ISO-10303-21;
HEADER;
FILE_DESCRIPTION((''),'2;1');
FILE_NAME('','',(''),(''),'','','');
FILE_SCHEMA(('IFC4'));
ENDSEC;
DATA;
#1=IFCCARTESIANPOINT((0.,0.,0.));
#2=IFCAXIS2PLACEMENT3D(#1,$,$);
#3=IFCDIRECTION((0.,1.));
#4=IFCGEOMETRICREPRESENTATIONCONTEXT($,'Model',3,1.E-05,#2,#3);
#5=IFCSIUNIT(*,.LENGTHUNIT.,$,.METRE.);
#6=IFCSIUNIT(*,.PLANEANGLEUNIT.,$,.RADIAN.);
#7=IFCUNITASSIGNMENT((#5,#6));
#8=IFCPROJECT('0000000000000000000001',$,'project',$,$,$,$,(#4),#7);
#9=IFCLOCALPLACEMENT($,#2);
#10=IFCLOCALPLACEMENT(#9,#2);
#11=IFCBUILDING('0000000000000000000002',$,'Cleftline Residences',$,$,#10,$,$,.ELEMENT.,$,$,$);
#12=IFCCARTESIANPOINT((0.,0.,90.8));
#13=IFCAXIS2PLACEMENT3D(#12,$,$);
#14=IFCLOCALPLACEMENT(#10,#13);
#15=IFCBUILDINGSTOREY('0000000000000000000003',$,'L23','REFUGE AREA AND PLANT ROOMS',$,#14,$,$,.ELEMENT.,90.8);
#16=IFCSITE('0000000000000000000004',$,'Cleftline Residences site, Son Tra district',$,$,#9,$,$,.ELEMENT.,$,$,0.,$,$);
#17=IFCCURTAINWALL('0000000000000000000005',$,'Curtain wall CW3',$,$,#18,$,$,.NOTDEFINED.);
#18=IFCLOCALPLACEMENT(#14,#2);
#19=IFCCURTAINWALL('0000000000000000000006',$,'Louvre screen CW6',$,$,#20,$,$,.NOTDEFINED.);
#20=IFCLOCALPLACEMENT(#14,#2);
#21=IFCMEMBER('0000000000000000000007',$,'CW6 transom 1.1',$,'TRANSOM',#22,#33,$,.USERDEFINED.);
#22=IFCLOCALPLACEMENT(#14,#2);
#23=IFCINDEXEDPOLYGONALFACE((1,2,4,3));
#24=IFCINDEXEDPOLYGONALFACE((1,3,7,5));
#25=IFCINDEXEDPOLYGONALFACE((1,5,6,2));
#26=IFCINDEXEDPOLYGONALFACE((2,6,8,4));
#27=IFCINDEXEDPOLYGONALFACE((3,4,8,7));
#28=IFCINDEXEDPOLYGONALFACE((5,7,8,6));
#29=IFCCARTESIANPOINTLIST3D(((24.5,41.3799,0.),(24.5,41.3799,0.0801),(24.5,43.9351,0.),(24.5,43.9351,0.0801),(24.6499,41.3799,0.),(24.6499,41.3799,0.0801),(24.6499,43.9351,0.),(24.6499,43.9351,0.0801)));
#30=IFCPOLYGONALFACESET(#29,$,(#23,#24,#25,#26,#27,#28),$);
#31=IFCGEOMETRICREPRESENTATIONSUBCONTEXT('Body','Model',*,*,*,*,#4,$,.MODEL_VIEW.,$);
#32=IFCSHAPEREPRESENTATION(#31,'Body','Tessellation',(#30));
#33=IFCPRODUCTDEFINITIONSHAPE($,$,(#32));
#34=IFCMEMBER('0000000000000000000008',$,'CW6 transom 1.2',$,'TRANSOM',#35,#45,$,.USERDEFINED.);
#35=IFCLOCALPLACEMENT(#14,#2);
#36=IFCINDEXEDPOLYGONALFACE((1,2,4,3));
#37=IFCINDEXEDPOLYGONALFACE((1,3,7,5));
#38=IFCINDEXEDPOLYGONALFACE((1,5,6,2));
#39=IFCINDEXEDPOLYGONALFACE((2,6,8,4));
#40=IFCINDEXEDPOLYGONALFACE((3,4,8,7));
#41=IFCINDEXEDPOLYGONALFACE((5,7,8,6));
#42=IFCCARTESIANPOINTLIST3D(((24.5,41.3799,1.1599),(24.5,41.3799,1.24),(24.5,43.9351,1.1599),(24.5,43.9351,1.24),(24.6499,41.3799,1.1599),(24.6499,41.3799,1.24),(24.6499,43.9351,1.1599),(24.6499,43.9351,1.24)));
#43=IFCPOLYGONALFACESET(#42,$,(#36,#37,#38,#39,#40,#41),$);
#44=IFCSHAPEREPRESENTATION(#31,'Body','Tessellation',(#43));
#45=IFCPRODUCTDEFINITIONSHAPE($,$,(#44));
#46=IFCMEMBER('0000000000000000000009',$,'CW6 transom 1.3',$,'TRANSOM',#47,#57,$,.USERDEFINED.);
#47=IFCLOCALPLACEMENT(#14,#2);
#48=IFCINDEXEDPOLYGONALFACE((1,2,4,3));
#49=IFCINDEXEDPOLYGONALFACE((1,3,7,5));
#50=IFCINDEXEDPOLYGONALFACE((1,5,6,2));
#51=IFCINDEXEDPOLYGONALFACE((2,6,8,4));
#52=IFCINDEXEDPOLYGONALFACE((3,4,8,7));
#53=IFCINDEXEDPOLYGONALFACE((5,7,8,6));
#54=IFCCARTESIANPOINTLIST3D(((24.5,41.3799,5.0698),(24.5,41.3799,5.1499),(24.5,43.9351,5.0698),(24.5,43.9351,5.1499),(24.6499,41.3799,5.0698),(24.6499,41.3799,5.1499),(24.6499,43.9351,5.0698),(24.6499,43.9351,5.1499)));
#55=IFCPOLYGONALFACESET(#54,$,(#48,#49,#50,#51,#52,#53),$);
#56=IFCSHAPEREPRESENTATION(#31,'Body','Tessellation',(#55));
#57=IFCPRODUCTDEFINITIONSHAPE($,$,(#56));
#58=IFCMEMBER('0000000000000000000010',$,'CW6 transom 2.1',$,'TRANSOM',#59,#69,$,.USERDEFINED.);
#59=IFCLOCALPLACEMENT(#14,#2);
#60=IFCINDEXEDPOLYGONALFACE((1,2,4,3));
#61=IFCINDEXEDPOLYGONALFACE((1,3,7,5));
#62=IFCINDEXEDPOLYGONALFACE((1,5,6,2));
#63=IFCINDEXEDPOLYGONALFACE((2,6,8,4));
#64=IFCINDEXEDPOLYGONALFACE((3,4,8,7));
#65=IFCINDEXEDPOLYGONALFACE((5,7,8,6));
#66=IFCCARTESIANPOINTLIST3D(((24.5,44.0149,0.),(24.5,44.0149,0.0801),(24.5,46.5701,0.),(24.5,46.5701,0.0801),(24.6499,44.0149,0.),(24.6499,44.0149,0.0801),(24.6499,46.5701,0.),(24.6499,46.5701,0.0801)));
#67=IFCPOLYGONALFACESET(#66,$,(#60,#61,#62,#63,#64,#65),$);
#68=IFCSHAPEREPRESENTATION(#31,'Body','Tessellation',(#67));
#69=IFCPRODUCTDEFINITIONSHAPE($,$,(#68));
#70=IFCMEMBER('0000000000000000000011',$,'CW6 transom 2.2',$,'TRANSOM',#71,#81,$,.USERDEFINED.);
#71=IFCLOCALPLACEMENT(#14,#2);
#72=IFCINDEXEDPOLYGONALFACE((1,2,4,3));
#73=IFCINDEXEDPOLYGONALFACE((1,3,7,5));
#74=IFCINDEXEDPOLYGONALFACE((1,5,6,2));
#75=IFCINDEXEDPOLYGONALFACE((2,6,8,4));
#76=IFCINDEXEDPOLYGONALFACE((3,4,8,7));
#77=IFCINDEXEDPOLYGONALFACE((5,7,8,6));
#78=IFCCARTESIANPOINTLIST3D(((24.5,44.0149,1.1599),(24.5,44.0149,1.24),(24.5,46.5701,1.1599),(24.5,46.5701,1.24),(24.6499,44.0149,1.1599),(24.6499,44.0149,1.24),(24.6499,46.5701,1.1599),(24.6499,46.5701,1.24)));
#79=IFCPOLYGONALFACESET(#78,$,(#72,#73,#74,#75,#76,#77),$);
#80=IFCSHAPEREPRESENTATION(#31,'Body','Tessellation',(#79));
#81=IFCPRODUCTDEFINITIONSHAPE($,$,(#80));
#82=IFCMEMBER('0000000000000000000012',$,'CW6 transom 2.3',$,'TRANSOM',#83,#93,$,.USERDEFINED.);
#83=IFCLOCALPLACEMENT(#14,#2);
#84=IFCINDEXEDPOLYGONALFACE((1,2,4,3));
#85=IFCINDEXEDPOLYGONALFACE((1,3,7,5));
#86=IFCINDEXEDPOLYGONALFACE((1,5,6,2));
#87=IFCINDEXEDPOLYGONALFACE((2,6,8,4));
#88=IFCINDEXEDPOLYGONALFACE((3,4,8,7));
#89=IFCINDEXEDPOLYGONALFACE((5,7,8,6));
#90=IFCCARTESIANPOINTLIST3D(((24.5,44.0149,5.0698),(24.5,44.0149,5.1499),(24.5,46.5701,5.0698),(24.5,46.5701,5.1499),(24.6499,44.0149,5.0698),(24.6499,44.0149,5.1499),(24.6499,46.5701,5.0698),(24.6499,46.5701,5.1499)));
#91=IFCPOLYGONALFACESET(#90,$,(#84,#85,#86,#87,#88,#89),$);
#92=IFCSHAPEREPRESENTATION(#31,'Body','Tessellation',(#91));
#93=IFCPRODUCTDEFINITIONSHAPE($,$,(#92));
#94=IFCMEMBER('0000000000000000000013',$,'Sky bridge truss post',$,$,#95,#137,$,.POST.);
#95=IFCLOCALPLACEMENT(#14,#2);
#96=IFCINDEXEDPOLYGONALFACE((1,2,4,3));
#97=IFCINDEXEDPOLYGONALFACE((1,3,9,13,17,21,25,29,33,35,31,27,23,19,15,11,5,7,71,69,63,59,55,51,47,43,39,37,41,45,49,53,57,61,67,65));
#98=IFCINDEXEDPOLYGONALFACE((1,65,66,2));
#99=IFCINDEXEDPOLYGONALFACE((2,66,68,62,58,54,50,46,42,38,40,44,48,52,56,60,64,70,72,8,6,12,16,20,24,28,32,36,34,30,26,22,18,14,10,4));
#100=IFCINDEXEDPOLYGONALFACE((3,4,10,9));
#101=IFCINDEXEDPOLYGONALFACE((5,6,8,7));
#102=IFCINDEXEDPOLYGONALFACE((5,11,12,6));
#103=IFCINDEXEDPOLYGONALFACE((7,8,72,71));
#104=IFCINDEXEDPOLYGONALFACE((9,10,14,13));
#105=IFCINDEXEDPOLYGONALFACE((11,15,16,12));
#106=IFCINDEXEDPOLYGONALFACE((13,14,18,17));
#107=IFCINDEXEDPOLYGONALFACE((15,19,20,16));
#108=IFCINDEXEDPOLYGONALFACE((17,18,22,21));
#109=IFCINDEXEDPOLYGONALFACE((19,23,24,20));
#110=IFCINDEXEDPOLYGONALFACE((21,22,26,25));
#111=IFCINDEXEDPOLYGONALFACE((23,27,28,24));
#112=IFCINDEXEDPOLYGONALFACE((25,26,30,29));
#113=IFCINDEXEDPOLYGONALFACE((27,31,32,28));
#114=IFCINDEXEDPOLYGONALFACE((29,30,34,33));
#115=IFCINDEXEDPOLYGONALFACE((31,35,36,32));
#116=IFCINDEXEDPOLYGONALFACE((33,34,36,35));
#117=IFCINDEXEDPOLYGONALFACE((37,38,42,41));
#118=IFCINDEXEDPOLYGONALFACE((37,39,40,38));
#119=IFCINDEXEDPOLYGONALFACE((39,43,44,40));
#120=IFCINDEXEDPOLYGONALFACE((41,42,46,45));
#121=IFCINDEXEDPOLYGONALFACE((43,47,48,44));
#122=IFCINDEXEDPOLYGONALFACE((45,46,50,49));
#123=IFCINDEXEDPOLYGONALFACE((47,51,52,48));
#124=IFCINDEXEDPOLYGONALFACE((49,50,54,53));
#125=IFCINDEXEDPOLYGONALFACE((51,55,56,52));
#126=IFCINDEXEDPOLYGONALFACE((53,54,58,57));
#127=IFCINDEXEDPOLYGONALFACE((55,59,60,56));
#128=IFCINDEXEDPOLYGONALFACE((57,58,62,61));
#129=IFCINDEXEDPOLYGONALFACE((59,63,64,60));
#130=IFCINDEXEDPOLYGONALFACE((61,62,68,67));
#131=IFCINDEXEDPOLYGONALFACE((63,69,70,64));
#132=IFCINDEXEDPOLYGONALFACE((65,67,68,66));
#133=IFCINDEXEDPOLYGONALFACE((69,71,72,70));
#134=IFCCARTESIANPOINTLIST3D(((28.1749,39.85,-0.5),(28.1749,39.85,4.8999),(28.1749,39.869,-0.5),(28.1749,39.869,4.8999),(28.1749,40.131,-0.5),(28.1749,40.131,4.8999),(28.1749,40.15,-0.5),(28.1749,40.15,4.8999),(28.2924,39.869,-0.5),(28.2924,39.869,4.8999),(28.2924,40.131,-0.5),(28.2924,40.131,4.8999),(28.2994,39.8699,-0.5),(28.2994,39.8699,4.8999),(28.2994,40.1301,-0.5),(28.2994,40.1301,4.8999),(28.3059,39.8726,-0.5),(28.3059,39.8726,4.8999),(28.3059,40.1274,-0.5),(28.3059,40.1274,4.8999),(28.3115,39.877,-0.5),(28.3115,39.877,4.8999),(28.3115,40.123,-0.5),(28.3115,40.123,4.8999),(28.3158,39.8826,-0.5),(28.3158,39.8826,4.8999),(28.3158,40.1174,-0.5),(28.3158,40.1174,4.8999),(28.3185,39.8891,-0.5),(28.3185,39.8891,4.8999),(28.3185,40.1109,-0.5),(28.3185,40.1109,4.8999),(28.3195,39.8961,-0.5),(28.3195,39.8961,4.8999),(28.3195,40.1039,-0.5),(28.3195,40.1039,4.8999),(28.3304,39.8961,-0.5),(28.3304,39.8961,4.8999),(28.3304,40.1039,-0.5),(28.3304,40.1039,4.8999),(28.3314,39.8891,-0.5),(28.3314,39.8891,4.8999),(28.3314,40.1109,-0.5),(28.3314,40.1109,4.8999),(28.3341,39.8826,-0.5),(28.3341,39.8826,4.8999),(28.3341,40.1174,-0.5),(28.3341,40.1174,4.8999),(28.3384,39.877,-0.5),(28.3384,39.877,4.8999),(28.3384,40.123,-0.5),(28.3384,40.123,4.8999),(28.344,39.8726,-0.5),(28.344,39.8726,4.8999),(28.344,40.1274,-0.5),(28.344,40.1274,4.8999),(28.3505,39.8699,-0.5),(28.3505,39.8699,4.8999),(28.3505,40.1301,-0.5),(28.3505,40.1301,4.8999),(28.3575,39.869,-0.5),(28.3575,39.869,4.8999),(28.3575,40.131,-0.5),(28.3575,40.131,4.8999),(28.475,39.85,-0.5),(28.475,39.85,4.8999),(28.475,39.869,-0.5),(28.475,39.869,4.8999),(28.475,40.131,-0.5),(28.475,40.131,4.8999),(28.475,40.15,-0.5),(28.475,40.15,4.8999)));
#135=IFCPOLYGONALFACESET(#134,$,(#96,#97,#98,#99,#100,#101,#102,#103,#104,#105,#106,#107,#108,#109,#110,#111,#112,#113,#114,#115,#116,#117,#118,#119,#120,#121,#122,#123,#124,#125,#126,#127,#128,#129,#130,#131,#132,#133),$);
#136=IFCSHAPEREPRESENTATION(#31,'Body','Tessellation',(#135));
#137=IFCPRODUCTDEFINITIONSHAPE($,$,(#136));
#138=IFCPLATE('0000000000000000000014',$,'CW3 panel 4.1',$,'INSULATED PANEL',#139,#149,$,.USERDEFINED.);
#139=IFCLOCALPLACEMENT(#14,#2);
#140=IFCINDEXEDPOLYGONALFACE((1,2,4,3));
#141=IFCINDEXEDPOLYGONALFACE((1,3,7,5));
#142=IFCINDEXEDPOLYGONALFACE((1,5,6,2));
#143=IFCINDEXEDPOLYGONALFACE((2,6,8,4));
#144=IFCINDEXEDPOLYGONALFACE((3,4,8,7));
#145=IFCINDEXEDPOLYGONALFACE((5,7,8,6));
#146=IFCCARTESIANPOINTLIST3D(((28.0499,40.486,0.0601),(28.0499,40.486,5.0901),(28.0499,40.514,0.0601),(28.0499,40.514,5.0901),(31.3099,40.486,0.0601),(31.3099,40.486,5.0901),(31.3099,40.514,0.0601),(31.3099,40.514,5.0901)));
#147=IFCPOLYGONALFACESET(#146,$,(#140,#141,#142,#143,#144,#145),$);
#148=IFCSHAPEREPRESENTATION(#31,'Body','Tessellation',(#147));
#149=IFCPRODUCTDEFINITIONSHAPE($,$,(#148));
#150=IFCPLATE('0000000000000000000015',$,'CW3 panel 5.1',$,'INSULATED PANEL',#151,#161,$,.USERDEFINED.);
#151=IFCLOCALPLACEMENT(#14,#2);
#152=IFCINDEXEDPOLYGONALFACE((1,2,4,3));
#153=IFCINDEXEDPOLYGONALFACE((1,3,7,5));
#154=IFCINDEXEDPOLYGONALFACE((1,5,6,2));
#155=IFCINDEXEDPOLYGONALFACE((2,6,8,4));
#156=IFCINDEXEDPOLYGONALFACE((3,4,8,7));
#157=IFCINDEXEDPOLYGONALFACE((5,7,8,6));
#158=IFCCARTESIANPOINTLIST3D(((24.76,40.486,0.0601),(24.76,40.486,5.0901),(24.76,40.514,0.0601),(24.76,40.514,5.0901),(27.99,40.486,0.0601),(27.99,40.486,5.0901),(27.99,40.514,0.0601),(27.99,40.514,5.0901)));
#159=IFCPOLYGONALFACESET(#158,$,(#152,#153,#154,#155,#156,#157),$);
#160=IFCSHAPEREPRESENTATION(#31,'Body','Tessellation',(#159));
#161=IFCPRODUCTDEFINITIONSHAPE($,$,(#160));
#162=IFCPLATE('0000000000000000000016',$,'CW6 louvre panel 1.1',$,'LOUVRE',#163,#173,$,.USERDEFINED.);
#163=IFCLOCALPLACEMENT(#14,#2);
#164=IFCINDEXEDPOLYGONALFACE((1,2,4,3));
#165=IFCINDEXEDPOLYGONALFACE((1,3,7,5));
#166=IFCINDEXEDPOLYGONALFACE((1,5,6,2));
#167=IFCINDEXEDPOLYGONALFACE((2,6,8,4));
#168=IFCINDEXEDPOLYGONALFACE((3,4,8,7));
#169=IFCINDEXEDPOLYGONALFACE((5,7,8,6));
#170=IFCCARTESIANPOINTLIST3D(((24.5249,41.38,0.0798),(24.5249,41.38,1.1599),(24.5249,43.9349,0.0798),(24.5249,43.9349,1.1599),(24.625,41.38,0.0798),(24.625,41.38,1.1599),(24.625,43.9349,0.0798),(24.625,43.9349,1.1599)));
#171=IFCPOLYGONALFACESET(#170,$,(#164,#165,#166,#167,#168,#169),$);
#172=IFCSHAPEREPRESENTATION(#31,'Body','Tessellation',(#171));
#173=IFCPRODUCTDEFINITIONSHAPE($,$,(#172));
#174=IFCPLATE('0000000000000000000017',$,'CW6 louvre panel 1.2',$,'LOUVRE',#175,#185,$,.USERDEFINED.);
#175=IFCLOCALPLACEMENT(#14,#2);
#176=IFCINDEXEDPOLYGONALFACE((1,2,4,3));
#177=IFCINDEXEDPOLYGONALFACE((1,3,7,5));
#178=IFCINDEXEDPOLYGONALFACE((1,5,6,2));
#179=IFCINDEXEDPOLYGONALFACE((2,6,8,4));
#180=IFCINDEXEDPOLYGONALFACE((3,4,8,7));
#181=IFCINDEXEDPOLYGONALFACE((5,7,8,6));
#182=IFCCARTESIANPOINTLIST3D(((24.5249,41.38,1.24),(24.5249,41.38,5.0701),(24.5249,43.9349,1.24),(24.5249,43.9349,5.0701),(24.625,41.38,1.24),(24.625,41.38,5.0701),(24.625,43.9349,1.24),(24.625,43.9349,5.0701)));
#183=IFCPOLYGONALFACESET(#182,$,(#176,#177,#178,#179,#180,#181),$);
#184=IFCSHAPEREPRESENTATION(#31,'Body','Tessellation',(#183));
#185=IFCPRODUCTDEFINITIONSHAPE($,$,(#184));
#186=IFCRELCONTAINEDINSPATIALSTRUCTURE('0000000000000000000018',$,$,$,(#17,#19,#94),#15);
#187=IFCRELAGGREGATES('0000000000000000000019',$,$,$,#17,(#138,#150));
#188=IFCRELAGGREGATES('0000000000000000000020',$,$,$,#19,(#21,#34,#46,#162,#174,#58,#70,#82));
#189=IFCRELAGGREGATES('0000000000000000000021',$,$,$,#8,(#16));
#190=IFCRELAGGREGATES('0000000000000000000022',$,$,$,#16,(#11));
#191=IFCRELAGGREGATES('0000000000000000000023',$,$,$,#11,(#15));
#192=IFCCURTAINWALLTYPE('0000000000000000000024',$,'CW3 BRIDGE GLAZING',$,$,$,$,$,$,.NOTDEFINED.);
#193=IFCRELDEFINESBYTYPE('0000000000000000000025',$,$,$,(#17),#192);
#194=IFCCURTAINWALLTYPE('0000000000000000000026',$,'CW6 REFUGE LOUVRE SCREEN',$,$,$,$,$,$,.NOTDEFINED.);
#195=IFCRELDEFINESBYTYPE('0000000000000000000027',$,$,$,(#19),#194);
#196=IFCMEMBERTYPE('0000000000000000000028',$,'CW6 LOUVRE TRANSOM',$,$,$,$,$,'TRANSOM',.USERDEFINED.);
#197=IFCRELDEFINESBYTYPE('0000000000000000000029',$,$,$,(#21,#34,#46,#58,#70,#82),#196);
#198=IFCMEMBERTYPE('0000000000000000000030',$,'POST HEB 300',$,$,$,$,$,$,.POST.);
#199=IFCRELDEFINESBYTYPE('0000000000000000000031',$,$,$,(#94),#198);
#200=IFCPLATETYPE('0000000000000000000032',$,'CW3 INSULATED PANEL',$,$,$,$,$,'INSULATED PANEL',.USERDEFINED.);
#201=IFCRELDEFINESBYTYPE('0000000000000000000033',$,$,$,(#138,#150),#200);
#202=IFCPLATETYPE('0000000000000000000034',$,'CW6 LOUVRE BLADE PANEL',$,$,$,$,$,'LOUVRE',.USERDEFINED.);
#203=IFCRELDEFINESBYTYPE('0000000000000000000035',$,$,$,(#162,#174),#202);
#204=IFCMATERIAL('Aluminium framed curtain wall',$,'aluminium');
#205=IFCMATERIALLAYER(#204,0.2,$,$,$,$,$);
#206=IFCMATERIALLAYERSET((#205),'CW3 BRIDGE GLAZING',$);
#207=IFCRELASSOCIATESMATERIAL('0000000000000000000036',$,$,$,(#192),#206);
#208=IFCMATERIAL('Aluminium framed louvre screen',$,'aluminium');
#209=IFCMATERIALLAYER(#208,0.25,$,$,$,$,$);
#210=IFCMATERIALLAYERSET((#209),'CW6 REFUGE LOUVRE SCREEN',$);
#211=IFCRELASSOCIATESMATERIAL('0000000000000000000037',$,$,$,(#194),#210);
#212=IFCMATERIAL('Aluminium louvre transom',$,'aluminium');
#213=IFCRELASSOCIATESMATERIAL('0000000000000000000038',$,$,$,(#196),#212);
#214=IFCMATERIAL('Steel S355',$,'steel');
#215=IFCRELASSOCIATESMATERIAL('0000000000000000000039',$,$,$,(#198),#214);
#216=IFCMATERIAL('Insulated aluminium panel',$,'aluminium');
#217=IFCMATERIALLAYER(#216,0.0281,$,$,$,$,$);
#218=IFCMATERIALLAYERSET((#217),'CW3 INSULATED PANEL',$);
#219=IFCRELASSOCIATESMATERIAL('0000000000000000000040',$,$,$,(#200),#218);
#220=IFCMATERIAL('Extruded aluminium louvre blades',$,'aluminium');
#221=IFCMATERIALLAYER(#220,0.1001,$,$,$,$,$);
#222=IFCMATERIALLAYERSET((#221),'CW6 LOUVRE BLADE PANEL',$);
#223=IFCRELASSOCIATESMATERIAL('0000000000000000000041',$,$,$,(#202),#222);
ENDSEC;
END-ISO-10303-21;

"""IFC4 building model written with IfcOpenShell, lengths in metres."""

from ifc_helpers import new_model, si_unit, direction, frame, origin, origin_2d, place, context, subcontext, project, spatial, rectangle, i_section, extrude, material, layer, layer_set, material_profile, profile_set, type_object, element, aggregate, save


model = new_model("IFC4")

# Units and contexts
model_context = context("Model", 3, precision=1e-05, world=origin(), true_north=direction((0.0, 1.0)))
body_context = subcontext(model_context, "Body", "Model", "MODEL_VIEW")
ifc_project = project(units=[si_unit("LENGTHUNIT", "METRE"), si_unit("PLANEANGLEUNIT", "RADIAN")], contexts=[model_context])

# Site, building, storey
site_placement = place(None, origin())
site = spatial("IfcSite", under=ifc_project, at=site_placement, Name="Cleftline Residences site, Son Tra district", CompositionType="ELEMENT", RefElevation=0.0)
building_placement = place(site_placement, origin())
building = spatial("IfcBuilding", under=site, at=building_placement, Name="Cleftline Residences", CompositionType="ELEMENT")
storey_placement = place(building_placement, frame((0.0, 0.0, 90.8)))
storey = spatial("IfcBuildingStorey", under=building, at=storey_placement, Name="L23", Description="REFUGE AREA AND PLANT ROOMS", CompositionType="ELEMENT", Elevation=90.8)

# Curtain wall
ifc_material_1 = material(Name="Aluminium framed curtain wall", Category="aluminium")
ifc_layer_1 = layer(ifc_material_1, 0.2)
ifc_layer_set_1 = layer_set([ifc_layer_1], Name="CW3 BRIDGE GLAZING")
curtain_wall_type_1 = type_object("IfcCurtainWallType", Name="CW3 BRIDGE GLAZING", PredefinedType="NOTDEFINED", material=ifc_layer_set_1)
curtain_wall_1_placement = place(storey_placement, origin())
curtain_wall_1 = element("IfcCurtainWall", 1, at=curtain_wall_1_placement, inside=storey, type_object=curtain_wall_type_1, Name="Curtain wall CW3", PredefinedType="NOTDEFINED")

# Curtain wall, members
ifc_material_2 = material(Name="Aluminium framed louvre screen", Category="aluminium")
ifc_layer_2 = layer(ifc_material_2, 0.25)
ifc_layer_set_2 = layer_set([ifc_layer_2], Name="CW6 REFUGE LOUVRE SCREEN")
curtain_wall_type_2 = type_object("IfcCurtainWallType", Name="CW6 REFUGE LOUVRE SCREEN", PredefinedType="NOTDEFINED", material=ifc_layer_set_2)
curtain_wall_2_placement = place(storey_placement, origin())
curtain_wall_2 = element("IfcCurtainWall", 2, at=curtain_wall_2_placement, inside=storey, type_object=curtain_wall_type_2, Name="Louvre screen CW6", PredefinedType="NOTDEFINED")
ifc_material_3 = material(Name="Aluminium louvre transom", Category="aluminium")
ifc_material_profile_1 = material_profile(ifc_material_3, rectangle(XDim=0.1499, YDim=0.0801, at=origin_2d()))
ifc_profile_set_1 = profile_set([ifc_material_profile_1], Name="Aluminium louvre transom")
member_type_1 = type_object("IfcMemberType", Name="CW6 LOUVRE TRANSOM", ElementType="TRANSOM", PredefinedType="USERDEFINED", material=ifc_profile_set_1)
member_1_placement = place(storey_placement, frame((24.575, 41.3799, 0.04), z_axis=(0.0, 1.0, 0.0), x_axis=(-1.0, 0.0, 0.0)))
member_1 = element("IfcMember", 3, at=member_1_placement, type_object=member_type_1, Name="CW6 transom 1.1", ObjectType="TRANSOM", PredefinedType="USERDEFINED", context=body_context, shape_type="SweptSolid", body=[
    extrude(rectangle(XDim=0.1499, YDim=0.0801, at=origin_2d()), origin(), (0.0, 0.0, 1.0), 2.5552),
])
member_2_placement = place(storey_placement, frame((24.575, 41.3799, 1.2), z_axis=(0.0, 1.0, 0.0), x_axis=(-1.0, 0.0, 0.0)))
member_2 = element("IfcMember", 4, at=member_2_placement, type_object=member_type_1, Name="CW6 transom 1.2", ObjectType="TRANSOM", PredefinedType="USERDEFINED", context=body_context, shape_type="SweptSolid", body=[
    extrude(rectangle(XDim=0.1499, YDim=0.0801, at=origin_2d()), origin(), (0.0, 0.0, 1.0), 2.5552),
])
member_3_placement = place(storey_placement, frame((24.575, 41.3799, 5.1099), z_axis=(0.0, 1.0, 0.0), x_axis=(-1.0, 0.0, 0.0)))
member_3 = element("IfcMember", 5, at=member_3_placement, type_object=member_type_1, Name="CW6 transom 1.3", ObjectType="TRANSOM", PredefinedType="USERDEFINED", context=body_context, shape_type="SweptSolid", body=[
    extrude(rectangle(XDim=0.1499, YDim=0.0801, at=origin_2d()), origin(), (0.0, 0.0, 1.0), 2.5552),
])
member_4_placement = place(storey_placement, frame((24.575, 44.0149, 0.04), z_axis=(0.0, 1.0, 0.0), x_axis=(-1.0, 0.0, 0.0)))
member_4 = element("IfcMember", 6, at=member_4_placement, type_object=member_type_1, Name="CW6 transom 2.1", ObjectType="TRANSOM", PredefinedType="USERDEFINED", context=body_context, shape_type="SweptSolid", body=[
    extrude(rectangle(XDim=0.1499, YDim=0.0801, at=origin_2d()), origin(), (0.0, 0.0, 1.0), 2.5552),
])
member_5_placement = place(storey_placement, frame((24.575, 44.0149, 1.2), z_axis=(0.0, 1.0, 0.0), x_axis=(-1.0, 0.0, 0.0)))
member_5 = element("IfcMember", 7, at=member_5_placement, type_object=member_type_1, Name="CW6 transom 2.2", ObjectType="TRANSOM", PredefinedType="USERDEFINED", context=body_context, shape_type="SweptSolid", body=[
    extrude(rectangle(XDim=0.1499, YDim=0.0801, at=origin_2d()), origin(), (0.0, 0.0, 1.0), 2.5552),
])
member_6_placement = place(storey_placement, frame((24.575, 44.0149, 5.1099), z_axis=(0.0, 1.0, 0.0), x_axis=(-1.0, 0.0, 0.0)))
member_6 = element("IfcMember", 8, at=member_6_placement, type_object=member_type_1, Name="CW6 transom 2.3", ObjectType="TRANSOM", PredefinedType="USERDEFINED", context=body_context, shape_type="SweptSolid", body=[
    extrude(rectangle(XDim=0.1499, YDim=0.0801, at=origin_2d()), origin(), (0.0, 0.0, 1.0), 2.5552),
])

# Member
ifc_material_4 = material(Name="Steel S355", Category="steel")
ifc_material_profile_2 = material_profile(ifc_material_4, i_section(OverallWidth=0.3, OverallDepth=0.3, WebThickness=0.011, FlangeThickness=0.019, FilletRadius=0.0271, at=origin_2d()))
ifc_profile_set_2 = profile_set([ifc_material_profile_2], Name="Steel S355")
member_type_2 = type_object("IfcMemberType", Name="POST HEB 300", PredefinedType="POST", material=ifc_profile_set_2)
member_7_placement = place(storey_placement, frame((28.325, 40.0, -0.5), z_axis=(0.0, 0.0, 1.0), x_axis=(1.0, 0.0, 0.0)))
element("IfcMember", 9, at=member_7_placement, inside=storey, type_object=member_type_2, Name="Sky bridge truss post", PredefinedType="POST", context=body_context, shape_type="SweptSolid", body=[
    extrude(i_section(OverallWidth=0.3, OverallDepth=0.3, WebThickness=0.011, FlangeThickness=0.019, FilletRadius=0.0271, at=origin_2d()), origin(), (0.0, 0.0, 1.0), 5.3999),
])

# Plates
ifc_material_5 = material(Name="Insulated aluminium panel", Category="aluminium")
ifc_layer_3 = layer(ifc_material_5, 0.0281)
ifc_layer_set_3 = layer_set([ifc_layer_3], Name="CW3 INSULATED PANEL")
plate_type_1 = type_object("IfcPlateType", Name="CW3 INSULATED PANEL", ElementType="INSULATED PANEL", PredefinedType="USERDEFINED", material=ifc_layer_set_3)
plate_1_placement = place(storey_placement, frame((29.6799, 40.5, 0.0601), z_axis=(0.0, 0.0, 1.0), x_axis=(-1.0, 0.0, 0.0)))
plate_1 = element("IfcPlate", 10, at=plate_1_placement, type_object=plate_type_1, Name="CW3 panel 4.1", ObjectType="INSULATED PANEL", PredefinedType="USERDEFINED", context=body_context, shape_type="SweptSolid", body=[
    extrude(rectangle(XDim=3.26, YDim=0.0281, at=origin_2d()), origin(), (0.0, 0.0, 1.0), 5.03),
])
plate_2_placement = place(storey_placement, frame((26.375, 40.5, 0.0601), z_axis=(0.0, 0.0, 1.0), x_axis=(-1.0, 0.0, 0.0)))
plate_2 = element("IfcPlate", 11, at=plate_2_placement, type_object=plate_type_1, Name="CW3 panel 5.1", ObjectType="INSULATED PANEL", PredefinedType="USERDEFINED", context=body_context, shape_type="SweptSolid", body=[
    extrude(rectangle(XDim=3.23, YDim=0.0281, at=origin_2d()), origin(), (0.0, 0.0, 1.0), 5.03),
])
aggregate(curtain_wall_1, [plate_1, plate_2])
ifc_material_6 = material(Name="Extruded aluminium louvre blades", Category="aluminium")
ifc_layer_4 = layer(ifc_material_6, 0.1001)
ifc_layer_set_4 = layer_set([ifc_layer_4], Name="CW6 LOUVRE BLADE PANEL")
plate_type_2 = type_object("IfcPlateType", Name="CW6 LOUVRE BLADE PANEL", ElementType="LOUVRE", PredefinedType="USERDEFINED", material=ifc_layer_set_4)
plate_3_placement = place(storey_placement, frame((24.575, 42.6575, 0.0798), z_axis=(0.0, 0.0, 1.0), x_axis=(0.0, 1.0, 0.0)))
plate_3 = element("IfcPlate", 12, at=plate_3_placement, type_object=plate_type_2, Name="CW6 louvre panel 1.1", ObjectType="LOUVRE", PredefinedType="USERDEFINED", context=body_context, shape_type="SweptSolid", body=[
    extrude(rectangle(XDim=2.5549, YDim=0.1001, at=origin_2d()), origin(), (0.0, 0.0, 1.0), 1.0801),
])
plate_4_placement = place(storey_placement, frame((24.575, 42.6575, 1.24), z_axis=(0.0, 0.0, 1.0), x_axis=(0.0, 1.0, 0.0)))
plate_4 = element("IfcPlate", 13, at=plate_4_placement, type_object=plate_type_2, Name="CW6 louvre panel 1.2", ObjectType="LOUVRE", PredefinedType="USERDEFINED", context=body_context, shape_type="SweptSolid", body=[
    extrude(rectangle(XDim=2.5549, YDim=0.1001, at=origin_2d()), origin(), (0.0, 0.0, 1.0), 3.8301),
])
aggregate(curtain_wall_2, [member_1, member_2, member_3, plate_3, plate_4, member_4, member_5, member_6])

save(model, "model.ifc")
